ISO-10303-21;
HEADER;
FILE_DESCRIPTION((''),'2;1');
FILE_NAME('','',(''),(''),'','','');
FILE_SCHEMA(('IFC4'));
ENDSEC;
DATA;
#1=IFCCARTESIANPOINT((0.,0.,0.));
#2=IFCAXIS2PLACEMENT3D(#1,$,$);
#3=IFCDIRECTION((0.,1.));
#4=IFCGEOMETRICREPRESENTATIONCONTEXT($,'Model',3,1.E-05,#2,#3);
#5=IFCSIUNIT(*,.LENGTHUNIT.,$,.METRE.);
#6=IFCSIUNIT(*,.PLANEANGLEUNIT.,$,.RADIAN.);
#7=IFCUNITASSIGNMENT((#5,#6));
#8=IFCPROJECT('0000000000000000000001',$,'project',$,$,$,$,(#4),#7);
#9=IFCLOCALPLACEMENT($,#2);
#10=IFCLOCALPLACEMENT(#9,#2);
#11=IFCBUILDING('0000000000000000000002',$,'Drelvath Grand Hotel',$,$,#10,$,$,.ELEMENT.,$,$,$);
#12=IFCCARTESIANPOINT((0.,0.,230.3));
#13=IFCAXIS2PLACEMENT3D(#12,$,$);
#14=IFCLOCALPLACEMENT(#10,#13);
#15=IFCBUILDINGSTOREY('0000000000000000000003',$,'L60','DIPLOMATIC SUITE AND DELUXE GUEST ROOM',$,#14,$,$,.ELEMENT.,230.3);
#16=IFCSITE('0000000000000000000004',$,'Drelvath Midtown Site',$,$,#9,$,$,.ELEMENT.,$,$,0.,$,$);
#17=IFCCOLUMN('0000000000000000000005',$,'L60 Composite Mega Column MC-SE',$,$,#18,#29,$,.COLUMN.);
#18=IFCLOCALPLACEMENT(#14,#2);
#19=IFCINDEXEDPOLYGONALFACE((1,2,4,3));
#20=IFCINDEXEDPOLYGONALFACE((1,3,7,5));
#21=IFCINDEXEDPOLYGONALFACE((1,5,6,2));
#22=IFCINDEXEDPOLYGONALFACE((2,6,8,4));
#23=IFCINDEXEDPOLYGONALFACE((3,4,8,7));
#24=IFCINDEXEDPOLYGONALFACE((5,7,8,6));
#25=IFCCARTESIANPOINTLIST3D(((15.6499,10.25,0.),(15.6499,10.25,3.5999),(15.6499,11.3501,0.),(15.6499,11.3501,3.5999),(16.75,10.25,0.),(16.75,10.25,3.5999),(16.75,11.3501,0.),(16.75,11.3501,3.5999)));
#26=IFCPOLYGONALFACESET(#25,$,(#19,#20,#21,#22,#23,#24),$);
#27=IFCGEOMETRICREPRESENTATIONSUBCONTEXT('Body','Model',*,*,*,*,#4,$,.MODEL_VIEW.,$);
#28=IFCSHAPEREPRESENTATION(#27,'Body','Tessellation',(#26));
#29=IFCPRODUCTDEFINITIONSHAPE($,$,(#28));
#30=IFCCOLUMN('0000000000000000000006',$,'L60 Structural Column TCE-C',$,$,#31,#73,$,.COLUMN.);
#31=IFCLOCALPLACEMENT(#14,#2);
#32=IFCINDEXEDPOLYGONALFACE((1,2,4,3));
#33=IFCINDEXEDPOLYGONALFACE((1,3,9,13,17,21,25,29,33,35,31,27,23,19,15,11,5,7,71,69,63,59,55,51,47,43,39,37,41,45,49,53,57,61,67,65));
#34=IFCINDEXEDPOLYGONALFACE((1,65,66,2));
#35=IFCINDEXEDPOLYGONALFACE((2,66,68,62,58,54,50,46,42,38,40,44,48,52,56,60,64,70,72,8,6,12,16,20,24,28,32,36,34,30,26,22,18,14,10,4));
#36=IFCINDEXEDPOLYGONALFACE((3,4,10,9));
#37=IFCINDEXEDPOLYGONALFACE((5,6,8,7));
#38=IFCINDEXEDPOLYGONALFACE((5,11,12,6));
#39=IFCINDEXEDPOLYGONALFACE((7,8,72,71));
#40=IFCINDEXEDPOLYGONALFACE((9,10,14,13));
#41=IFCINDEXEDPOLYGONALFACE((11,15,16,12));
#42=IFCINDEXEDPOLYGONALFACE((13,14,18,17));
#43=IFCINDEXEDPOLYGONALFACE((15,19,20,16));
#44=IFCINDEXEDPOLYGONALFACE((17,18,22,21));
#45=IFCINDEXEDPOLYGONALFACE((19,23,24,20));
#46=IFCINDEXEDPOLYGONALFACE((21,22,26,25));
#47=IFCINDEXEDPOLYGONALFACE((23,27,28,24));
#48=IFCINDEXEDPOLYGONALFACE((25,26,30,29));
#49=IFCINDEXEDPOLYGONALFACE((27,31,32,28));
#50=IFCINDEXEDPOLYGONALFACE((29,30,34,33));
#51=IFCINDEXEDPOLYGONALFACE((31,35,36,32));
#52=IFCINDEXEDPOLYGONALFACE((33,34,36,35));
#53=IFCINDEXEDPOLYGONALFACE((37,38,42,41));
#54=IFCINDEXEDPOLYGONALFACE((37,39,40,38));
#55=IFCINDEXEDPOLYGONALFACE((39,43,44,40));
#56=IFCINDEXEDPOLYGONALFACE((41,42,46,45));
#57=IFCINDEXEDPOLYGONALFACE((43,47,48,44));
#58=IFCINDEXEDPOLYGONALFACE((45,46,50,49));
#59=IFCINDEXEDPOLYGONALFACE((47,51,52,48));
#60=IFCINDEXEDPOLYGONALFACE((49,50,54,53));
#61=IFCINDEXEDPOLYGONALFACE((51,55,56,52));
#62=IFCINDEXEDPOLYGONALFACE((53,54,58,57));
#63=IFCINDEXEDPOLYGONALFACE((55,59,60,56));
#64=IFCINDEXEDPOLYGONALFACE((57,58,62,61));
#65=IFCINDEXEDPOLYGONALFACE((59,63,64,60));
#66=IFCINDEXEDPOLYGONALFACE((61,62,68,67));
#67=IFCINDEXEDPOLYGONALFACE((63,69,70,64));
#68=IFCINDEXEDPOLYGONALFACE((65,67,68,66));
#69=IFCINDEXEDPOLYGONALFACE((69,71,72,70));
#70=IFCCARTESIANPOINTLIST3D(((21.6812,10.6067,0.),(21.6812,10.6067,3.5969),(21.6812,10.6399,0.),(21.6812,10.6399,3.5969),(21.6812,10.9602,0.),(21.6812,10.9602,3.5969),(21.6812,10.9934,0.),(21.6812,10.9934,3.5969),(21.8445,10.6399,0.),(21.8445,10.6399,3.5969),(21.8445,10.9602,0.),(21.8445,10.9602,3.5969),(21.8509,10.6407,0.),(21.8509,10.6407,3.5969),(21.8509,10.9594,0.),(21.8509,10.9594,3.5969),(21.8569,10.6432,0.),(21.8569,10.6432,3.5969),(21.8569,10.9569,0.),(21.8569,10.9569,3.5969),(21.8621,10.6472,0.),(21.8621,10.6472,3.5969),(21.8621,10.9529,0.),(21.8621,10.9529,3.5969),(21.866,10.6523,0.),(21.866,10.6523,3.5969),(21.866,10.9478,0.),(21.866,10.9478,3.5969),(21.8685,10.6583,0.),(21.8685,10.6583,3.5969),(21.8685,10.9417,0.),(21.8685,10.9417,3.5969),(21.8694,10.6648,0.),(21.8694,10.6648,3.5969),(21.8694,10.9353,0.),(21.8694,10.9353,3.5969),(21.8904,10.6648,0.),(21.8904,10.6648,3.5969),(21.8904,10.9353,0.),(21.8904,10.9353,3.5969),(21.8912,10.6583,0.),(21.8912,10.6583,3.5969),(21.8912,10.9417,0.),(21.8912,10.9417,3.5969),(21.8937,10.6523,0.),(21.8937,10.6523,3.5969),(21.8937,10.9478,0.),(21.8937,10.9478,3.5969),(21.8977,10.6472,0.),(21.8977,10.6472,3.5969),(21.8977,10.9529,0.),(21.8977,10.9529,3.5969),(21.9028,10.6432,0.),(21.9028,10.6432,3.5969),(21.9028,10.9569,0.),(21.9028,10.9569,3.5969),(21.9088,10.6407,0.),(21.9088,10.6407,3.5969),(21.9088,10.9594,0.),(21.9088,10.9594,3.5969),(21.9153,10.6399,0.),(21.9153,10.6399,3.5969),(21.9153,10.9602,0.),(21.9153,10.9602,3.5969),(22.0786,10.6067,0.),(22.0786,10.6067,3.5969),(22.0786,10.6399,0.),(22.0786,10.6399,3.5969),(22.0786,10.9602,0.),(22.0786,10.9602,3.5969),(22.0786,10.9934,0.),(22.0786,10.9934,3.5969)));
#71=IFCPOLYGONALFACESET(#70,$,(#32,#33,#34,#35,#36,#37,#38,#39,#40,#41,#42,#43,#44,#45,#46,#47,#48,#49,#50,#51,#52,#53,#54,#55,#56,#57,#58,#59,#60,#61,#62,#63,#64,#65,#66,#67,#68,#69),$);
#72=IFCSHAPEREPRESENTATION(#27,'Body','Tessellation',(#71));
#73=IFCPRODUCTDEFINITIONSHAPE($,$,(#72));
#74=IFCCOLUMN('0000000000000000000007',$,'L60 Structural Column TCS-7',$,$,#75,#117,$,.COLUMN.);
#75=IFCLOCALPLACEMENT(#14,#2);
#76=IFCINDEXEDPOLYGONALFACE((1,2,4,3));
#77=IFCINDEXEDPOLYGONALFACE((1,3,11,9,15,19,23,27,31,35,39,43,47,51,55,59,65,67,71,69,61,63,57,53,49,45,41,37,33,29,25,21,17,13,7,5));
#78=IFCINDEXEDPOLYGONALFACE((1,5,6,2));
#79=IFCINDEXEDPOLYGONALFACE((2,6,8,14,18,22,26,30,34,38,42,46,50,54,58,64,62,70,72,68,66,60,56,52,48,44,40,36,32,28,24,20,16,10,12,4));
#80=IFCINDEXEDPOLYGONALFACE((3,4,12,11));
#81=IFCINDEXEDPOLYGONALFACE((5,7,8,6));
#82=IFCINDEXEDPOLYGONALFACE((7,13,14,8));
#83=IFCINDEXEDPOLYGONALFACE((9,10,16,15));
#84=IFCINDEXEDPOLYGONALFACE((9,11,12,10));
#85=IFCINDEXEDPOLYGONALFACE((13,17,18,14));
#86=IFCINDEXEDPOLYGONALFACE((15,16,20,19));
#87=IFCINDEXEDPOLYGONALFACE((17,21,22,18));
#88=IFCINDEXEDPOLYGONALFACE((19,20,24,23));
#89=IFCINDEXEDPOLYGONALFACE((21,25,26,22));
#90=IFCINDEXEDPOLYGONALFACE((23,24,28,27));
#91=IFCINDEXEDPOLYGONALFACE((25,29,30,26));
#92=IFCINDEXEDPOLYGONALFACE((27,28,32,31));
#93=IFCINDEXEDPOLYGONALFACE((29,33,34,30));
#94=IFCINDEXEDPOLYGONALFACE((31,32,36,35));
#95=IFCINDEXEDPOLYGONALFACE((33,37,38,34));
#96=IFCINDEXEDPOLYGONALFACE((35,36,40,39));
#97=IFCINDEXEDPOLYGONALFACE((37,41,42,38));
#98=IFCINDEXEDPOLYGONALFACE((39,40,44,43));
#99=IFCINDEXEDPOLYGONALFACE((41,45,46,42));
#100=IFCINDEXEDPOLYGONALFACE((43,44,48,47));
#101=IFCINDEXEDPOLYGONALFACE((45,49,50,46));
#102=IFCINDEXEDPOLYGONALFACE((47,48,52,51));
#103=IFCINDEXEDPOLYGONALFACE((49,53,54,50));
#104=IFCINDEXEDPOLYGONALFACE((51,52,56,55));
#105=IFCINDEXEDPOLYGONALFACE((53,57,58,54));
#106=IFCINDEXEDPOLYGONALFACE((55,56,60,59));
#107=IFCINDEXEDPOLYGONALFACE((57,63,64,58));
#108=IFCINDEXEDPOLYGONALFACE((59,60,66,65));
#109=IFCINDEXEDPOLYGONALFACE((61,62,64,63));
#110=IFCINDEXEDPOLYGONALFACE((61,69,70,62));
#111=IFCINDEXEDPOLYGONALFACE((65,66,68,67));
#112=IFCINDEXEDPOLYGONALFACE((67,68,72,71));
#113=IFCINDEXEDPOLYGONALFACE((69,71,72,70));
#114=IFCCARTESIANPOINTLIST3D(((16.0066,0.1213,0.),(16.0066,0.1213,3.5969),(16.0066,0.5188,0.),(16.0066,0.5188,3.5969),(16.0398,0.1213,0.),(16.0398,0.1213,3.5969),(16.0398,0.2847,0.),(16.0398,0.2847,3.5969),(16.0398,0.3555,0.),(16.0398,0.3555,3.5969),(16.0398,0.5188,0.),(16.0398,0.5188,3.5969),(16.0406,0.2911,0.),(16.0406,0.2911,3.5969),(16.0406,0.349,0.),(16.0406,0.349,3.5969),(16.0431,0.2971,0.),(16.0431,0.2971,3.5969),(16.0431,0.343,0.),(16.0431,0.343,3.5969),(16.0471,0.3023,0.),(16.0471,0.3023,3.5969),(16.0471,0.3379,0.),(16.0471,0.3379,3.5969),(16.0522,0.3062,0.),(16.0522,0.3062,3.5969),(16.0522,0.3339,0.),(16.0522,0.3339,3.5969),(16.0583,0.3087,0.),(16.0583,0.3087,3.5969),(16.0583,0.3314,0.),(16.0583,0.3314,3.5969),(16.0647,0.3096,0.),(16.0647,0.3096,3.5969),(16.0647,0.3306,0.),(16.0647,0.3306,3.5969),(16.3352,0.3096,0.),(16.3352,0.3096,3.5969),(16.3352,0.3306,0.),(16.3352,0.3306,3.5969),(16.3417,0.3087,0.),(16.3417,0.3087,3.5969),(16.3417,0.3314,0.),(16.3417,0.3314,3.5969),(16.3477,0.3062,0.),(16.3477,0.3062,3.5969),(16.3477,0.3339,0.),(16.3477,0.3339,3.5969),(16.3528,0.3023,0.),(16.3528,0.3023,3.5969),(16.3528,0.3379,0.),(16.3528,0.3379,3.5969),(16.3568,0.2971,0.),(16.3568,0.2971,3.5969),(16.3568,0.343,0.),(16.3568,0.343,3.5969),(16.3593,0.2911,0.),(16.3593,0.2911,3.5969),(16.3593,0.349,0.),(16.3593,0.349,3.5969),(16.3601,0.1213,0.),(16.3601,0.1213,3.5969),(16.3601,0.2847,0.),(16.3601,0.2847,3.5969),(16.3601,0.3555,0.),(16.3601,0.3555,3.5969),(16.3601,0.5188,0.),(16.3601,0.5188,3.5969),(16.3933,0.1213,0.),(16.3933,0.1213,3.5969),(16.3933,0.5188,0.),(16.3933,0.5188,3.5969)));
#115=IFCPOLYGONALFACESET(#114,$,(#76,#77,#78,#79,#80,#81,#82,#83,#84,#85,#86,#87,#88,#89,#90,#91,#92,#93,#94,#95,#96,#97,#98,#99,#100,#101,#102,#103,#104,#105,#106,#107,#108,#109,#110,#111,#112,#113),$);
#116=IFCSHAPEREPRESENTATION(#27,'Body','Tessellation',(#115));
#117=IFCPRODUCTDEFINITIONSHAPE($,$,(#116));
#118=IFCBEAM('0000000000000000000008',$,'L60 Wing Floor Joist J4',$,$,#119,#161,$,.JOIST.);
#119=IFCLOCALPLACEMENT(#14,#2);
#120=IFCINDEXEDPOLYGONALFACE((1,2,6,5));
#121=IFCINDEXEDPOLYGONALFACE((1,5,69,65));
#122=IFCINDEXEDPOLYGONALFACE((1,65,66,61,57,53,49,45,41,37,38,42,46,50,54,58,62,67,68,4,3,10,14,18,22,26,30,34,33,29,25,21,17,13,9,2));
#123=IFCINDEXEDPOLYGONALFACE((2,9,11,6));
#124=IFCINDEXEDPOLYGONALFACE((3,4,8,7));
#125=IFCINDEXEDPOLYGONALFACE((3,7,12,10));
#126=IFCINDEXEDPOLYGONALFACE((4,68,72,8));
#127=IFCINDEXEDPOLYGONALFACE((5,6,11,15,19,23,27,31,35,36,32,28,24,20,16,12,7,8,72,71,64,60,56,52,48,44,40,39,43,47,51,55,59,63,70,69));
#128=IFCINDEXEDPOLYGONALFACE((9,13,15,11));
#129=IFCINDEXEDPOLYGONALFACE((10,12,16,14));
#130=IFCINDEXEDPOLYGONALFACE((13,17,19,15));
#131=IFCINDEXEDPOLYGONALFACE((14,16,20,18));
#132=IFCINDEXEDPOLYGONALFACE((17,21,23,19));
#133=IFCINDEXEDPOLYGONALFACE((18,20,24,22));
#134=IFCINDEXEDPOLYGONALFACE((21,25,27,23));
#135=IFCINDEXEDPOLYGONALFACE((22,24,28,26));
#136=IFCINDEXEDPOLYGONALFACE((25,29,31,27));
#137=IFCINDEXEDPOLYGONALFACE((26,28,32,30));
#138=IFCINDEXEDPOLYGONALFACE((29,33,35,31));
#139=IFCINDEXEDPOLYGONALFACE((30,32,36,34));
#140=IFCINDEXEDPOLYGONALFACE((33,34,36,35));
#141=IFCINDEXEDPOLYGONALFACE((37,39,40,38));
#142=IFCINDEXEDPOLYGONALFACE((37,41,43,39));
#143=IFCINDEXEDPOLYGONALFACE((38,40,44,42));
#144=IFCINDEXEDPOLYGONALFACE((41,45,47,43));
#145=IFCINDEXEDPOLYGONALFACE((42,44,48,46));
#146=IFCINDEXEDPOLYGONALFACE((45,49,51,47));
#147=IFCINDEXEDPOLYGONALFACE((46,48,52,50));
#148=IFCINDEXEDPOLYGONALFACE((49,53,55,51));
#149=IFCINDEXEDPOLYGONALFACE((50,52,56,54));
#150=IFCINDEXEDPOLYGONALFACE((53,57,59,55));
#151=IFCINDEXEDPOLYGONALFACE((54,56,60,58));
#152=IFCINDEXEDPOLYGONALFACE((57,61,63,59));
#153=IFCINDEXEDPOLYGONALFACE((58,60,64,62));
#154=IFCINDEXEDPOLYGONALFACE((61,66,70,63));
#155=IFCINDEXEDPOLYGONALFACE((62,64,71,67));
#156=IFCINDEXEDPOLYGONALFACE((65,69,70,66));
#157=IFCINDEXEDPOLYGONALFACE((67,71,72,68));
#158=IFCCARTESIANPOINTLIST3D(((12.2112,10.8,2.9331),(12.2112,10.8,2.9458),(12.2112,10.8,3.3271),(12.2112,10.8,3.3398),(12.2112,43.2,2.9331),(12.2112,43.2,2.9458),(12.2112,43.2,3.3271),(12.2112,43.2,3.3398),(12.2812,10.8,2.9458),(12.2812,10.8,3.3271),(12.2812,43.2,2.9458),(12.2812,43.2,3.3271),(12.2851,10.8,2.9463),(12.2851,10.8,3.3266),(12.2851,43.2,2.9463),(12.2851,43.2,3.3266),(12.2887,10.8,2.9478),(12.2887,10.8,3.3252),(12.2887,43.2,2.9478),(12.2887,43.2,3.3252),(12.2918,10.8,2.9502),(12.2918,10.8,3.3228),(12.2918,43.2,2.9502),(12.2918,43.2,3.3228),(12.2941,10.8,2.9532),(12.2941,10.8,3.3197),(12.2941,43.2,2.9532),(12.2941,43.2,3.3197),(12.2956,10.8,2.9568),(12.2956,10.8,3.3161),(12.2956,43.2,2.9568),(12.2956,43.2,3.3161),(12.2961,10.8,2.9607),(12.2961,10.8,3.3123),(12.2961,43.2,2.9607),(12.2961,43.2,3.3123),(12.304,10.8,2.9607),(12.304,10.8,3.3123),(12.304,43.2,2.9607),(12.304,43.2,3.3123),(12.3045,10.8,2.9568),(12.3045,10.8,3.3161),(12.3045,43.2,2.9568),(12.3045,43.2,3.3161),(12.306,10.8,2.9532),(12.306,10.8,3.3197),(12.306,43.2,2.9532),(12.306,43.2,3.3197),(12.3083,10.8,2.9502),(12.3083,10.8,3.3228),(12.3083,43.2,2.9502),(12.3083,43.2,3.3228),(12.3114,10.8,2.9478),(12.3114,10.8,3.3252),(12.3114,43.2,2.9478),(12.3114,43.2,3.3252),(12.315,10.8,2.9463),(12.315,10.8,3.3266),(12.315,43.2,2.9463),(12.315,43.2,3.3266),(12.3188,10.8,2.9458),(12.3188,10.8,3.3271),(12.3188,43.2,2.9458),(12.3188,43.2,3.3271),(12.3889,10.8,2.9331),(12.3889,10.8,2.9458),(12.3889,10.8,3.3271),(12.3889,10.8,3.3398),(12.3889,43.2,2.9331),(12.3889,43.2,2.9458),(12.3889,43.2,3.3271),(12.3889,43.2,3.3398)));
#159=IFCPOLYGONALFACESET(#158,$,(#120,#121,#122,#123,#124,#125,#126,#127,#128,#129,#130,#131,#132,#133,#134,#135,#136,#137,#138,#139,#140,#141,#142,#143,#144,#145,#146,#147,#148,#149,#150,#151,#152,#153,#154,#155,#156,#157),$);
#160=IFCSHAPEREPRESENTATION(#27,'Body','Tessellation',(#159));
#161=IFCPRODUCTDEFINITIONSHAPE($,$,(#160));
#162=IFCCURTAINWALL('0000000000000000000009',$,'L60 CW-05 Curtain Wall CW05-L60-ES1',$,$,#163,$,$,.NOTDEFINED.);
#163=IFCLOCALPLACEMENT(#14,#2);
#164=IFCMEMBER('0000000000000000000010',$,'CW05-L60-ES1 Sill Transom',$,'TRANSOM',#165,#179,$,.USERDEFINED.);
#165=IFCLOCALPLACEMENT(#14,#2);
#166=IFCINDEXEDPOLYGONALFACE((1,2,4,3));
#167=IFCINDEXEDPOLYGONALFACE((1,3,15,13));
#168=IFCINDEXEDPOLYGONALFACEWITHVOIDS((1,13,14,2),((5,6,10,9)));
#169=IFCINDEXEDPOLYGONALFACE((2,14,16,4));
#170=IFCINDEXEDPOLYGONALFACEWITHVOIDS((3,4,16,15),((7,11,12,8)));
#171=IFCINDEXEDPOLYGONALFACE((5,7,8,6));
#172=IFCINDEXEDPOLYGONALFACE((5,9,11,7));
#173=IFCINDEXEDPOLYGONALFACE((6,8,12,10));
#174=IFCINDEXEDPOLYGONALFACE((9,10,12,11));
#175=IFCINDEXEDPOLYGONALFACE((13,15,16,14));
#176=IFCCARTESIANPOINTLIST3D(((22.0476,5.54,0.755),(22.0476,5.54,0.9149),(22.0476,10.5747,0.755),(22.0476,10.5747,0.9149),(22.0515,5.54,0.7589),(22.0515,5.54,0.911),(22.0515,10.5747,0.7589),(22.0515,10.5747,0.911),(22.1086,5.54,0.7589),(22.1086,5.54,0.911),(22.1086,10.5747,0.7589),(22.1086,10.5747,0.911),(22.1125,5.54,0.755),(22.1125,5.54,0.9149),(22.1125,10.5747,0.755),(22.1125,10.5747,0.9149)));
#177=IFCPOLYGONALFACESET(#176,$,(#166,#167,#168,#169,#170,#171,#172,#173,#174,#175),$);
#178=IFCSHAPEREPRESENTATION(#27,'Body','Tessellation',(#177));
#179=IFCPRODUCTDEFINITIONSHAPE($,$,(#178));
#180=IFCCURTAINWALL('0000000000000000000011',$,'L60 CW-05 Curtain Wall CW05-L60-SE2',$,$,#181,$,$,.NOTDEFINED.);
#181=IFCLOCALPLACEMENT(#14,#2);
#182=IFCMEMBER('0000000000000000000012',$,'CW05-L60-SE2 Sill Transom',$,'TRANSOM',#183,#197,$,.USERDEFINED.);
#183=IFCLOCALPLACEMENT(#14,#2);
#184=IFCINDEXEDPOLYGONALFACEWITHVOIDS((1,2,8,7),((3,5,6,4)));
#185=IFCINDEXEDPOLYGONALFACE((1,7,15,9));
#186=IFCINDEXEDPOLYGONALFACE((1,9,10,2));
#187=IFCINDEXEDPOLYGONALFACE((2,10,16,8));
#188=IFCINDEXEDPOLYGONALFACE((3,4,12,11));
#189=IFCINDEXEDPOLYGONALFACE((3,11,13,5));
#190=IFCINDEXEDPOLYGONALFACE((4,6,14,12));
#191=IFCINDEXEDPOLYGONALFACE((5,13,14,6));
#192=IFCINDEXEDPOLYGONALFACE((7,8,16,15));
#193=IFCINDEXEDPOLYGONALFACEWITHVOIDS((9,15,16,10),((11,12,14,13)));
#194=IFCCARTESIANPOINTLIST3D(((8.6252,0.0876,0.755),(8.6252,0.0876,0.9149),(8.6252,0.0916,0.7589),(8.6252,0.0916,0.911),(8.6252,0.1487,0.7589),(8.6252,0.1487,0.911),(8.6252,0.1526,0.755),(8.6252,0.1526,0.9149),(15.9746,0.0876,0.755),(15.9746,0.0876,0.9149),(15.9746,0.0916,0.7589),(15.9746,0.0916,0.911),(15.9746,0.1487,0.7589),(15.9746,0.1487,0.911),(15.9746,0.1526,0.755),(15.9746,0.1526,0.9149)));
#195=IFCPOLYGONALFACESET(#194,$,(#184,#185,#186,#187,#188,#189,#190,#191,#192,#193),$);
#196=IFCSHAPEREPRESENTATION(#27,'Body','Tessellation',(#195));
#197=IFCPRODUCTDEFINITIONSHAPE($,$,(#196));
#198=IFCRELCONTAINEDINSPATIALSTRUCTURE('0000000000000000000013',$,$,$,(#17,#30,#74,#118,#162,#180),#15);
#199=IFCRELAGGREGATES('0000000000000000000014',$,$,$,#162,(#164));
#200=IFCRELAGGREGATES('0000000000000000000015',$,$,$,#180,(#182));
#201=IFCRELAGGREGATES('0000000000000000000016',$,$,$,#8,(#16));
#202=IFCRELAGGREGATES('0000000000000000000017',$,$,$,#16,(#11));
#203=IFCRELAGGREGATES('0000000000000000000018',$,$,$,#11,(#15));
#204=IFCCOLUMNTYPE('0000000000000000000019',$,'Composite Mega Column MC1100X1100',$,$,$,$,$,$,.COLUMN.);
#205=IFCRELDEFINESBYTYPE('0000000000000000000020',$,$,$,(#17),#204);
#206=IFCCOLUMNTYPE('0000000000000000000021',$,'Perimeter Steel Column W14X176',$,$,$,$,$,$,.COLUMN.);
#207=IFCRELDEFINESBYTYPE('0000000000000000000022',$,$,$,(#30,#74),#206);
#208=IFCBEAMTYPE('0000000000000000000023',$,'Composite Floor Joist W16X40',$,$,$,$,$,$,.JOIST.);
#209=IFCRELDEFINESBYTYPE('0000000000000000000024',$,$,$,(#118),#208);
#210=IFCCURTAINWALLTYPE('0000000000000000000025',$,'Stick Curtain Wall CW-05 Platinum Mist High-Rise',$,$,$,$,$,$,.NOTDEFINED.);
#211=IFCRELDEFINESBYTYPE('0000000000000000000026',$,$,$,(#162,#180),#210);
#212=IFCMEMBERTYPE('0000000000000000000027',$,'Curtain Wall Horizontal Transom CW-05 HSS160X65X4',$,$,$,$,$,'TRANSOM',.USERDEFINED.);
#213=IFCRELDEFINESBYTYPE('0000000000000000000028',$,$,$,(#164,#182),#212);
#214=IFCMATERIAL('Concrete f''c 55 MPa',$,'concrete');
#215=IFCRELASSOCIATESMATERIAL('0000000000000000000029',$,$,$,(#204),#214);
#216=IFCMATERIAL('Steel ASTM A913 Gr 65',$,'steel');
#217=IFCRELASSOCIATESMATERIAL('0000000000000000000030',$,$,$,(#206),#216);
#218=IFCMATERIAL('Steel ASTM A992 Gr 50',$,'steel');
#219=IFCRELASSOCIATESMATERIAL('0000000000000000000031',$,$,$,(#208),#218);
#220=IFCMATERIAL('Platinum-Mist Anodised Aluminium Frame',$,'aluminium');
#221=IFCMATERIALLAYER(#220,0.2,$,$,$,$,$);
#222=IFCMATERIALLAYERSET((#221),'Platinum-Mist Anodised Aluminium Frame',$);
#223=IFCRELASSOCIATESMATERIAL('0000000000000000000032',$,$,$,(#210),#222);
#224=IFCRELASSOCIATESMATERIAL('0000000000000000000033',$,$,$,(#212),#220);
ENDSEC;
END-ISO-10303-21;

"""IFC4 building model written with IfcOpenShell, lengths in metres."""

from ifc_helpers import new_model, si_unit, direction, frame, origin, origin_2d, place, context, subcontext, project, spatial, rectangle, hollow_rectangle, i_section, extrude, material, layer, layer_set, material_profile, profile_set, type_object, element, aggregate, save


model = new_model("IFC4")

# Units and contexts
model_context = context("Model", 3, precision=1e-05, world=origin(), true_north=direction((0.0, 1.0)))
body_context = subcontext(model_context, "Body", "Model", "MODEL_VIEW")
ifc_project = project(units=[si_unit("LENGTHUNIT", "METRE"), si_unit("PLANEANGLEUNIT", "RADIAN")], contexts=[model_context])

# Site, building, storey
site_placement = place(None, origin())
site = spatial("IfcSite", under=ifc_project, at=site_placement, Name="Drelvath Midtown Site", CompositionType="ELEMENT", RefElevation=0.0)
building_placement = place(site_placement, origin())
building = spatial("IfcBuilding", under=site, at=building_placement, Name="Drelvath Grand Hotel", CompositionType="ELEMENT")
storey_placement = place(building_placement, frame((0.0, 0.0, 230.3)))
storey = spatial("IfcBuildingStorey", under=building, at=storey_placement, Name="L60", Description="DIPLOMATIC SUITE AND DELUXE GUEST ROOM", CompositionType="ELEMENT", Elevation=230.3)

# Columns
ifc_material_1 = material(Name="Concrete f'c 55 MPa", Category="concrete")
ifc_material_profile_1 = material_profile(ifc_material_1, rectangle(XDim=1.1001, YDim=1.1001, at=origin_2d()), Name="MC1100X1100")
ifc_profile_set_1 = profile_set([ifc_material_profile_1], Name="Concrete f'c 55 MPa")
column_type_1 = type_object("IfcColumnType", Name="Composite Mega Column MC1100X1100", PredefinedType="COLUMN", material=ifc_profile_set_1)
column_placement = place(storey_placement, frame((16.2, 10.8, 0.0), z_axis=(0.0, 0.0, 1.0), x_axis=(1.0, 0.0, 0.0)))
element("IfcColumn", 1, at=column_placement, inside=storey, type_object=column_type_1, Name="L60 Composite Mega Column MC-SE", PredefinedType="COLUMN", context=body_context, shape_type="SweptSolid", body=[
    extrude(rectangle(XDim=1.1001, YDim=1.1001, at=origin_2d()), origin(), (0.0, 0.0, 1.0), 3.5999),
])
ifc_material_2 = material(Name="Steel ASTM A913 Gr 65", Category="steel")
ifc_material_profile_2 = material_profile(ifc_material_2, i_section(OverallWidth=0.3975, OverallDepth=0.3867, WebThickness=0.021, FlangeThickness=0.0332, FilletRadius=0.0249, at=origin_2d()), Name="W14X176")
ifc_profile_set_2 = profile_set([ifc_material_profile_2], Name="Steel ASTM A913 Gr 65")
column_type_2 = type_object("IfcColumnType", Name="Perimeter Steel Column W14X176", PredefinedType="COLUMN", material=ifc_profile_set_2)
for number, where, z_axis, x_axis, name in (
    (2, (21.8799, 10.8, 0.0), (0.0, 0.0, 1.0), (1.0, 0.0, 0.0), "L60 Structural Column TCE-C"),
    (3, (16.2, 0.3201, 0.0), (0.0, 0.0, 1.0), (0.0, 1.0, 0.0), "L60 Structural Column TCS-7"),
):
    element("IfcColumn", number, at=place(storey_placement, frame(where, z_axis=z_axis, x_axis=x_axis)), inside=storey, type_object=column_type_2, Name=name, PredefinedType="COLUMN", context=body_context, shape_type="SweptSolid", body=[
        extrude(i_section(OverallWidth=0.3975, OverallDepth=0.3867, WebThickness=0.021, FlangeThickness=0.0332, FilletRadius=0.0249, at=origin_2d()), origin(), (0.0, 0.0, 1.0), 3.5969),
    ])

# Beam
ifc_material_3 = material(Name="Steel ASTM A992 Gr 50", Category="steel")
ifc_material_profile_3 = material_profile(ifc_material_3, i_section(OverallWidth=0.1777, OverallDepth=0.4067, WebThickness=0.0078, FlangeThickness=0.0127, FilletRadius=0.0149, at=origin_2d()), Name="W16X40")
ifc_profile_set_3 = profile_set([ifc_material_profile_3], Name="Steel ASTM A992 Gr 50")
beam_type_1 = type_object("IfcBeamType", Name="Composite Floor Joist W16X40", PredefinedType="JOIST", material=ifc_profile_set_3)
beam_1_placement = place(storey_placement, frame((12.3, 10.8, 3.1365), z_axis=(0.0, 1.0, 0.0), x_axis=(-1.0, 0.0, 0.0)))
element("IfcBeam", 4, at=beam_1_placement, inside=storey, type_object=beam_type_1, Name="L60 Wing Floor Joist J4", PredefinedType="JOIST", context=body_context, shape_type="SweptSolid", body=[
    extrude(i_section(OverallWidth=0.1777, OverallDepth=0.4067, WebThickness=0.0078, FlangeThickness=0.0127, FilletRadius=0.0149, at=origin_2d()), origin(), (0.0, 0.0, 1.0), 32.3999),
])

# Curtain walls, members
ifc_material_4 = material(Name="Platinum-Mist Anodised Aluminium Frame", Category="aluminium")
ifc_layer_1 = layer(ifc_material_4, 0.2)
ifc_layer_set_1 = layer_set([ifc_layer_1], Name="Platinum-Mist Anodised Aluminium Frame")
curtain_wall_type = type_object("IfcCurtainWallType", Name="Stick Curtain Wall CW-05 Platinum Mist High-Rise", PredefinedType="NOTDEFINED", material=ifc_layer_set_1)
curtain_wall_1_placement = place(storey_placement, origin())
curtain_wall_1 = element("IfcCurtainWall", 5, at=curtain_wall_1_placement, inside=storey, type_object=curtain_wall_type, Name="L60 CW-05 Curtain Wall CW05-L60-ES1", PredefinedType="NOTDEFINED")
ifc_material_profile_4 = material_profile(ifc_material_4, hollow_rectangle(XDim=0.0649, YDim=0.1599, WallThickness=0.0039, at=origin_2d()), Name="HSS160X65X4")
ifc_profile_set_4 = profile_set([ifc_material_profile_4], Name="Platinum-Mist Anodised Aluminium Frame")
member_type_1 = type_object("IfcMemberType", Name="Curtain Wall Horizontal Transom CW-05 HSS160X65X4", ElementType="TRANSOM", PredefinedType="USERDEFINED", material=ifc_profile_set_4)
member_1_placement = place(storey_placement, frame((22.0801, 10.5747, 0.835), z_axis=(0.0, -1.0, 0.0), x_axis=(1.0, 0.0, 0.0)))
member_1 = element("IfcMember", 6, at=member_1_placement, type_object=member_type_1, Name="CW05-L60-ES1 Sill Transom", ObjectType="TRANSOM", PredefinedType="USERDEFINED", context=body_context, shape_type="SweptSolid", body=[
    extrude(hollow_rectangle(XDim=0.0649, YDim=0.1599, WallThickness=0.0039, at=origin_2d()), origin(), (0.0, 0.0, 1.0), 5.0347),
])
curtain_wall_2_placement = place(storey_placement, origin())
curtain_wall_2 = element("IfcCurtainWall", 7, at=curtain_wall_2_placement, inside=storey, type_object=curtain_wall_type, Name="L60 CW-05 Curtain Wall CW05-L60-SE2", PredefinedType="NOTDEFINED")
member_2_placement = place(storey_placement, frame((15.9746, 0.1201, 0.835), z_axis=(-1.0, 0.0, 0.0), x_axis=(0.0, -1.0, 0.0)))
member_2 = element("IfcMember", 8, at=member_2_placement, type_object=member_type_1, Name="CW05-L60-SE2 Sill Transom", ObjectType="TRANSOM", PredefinedType="USERDEFINED", context=body_context, shape_type="SweptSolid", body=[
    extrude(hollow_rectangle(XDim=0.0649, YDim=0.1599, WallThickness=0.0039, at=origin_2d()), origin(), (0.0, 0.0, 1.0), 7.3494),
])

aggregate(curtain_wall_1, [member_1])
aggregate(curtain_wall_2, [member_2])

save(model, "model.ifc")
